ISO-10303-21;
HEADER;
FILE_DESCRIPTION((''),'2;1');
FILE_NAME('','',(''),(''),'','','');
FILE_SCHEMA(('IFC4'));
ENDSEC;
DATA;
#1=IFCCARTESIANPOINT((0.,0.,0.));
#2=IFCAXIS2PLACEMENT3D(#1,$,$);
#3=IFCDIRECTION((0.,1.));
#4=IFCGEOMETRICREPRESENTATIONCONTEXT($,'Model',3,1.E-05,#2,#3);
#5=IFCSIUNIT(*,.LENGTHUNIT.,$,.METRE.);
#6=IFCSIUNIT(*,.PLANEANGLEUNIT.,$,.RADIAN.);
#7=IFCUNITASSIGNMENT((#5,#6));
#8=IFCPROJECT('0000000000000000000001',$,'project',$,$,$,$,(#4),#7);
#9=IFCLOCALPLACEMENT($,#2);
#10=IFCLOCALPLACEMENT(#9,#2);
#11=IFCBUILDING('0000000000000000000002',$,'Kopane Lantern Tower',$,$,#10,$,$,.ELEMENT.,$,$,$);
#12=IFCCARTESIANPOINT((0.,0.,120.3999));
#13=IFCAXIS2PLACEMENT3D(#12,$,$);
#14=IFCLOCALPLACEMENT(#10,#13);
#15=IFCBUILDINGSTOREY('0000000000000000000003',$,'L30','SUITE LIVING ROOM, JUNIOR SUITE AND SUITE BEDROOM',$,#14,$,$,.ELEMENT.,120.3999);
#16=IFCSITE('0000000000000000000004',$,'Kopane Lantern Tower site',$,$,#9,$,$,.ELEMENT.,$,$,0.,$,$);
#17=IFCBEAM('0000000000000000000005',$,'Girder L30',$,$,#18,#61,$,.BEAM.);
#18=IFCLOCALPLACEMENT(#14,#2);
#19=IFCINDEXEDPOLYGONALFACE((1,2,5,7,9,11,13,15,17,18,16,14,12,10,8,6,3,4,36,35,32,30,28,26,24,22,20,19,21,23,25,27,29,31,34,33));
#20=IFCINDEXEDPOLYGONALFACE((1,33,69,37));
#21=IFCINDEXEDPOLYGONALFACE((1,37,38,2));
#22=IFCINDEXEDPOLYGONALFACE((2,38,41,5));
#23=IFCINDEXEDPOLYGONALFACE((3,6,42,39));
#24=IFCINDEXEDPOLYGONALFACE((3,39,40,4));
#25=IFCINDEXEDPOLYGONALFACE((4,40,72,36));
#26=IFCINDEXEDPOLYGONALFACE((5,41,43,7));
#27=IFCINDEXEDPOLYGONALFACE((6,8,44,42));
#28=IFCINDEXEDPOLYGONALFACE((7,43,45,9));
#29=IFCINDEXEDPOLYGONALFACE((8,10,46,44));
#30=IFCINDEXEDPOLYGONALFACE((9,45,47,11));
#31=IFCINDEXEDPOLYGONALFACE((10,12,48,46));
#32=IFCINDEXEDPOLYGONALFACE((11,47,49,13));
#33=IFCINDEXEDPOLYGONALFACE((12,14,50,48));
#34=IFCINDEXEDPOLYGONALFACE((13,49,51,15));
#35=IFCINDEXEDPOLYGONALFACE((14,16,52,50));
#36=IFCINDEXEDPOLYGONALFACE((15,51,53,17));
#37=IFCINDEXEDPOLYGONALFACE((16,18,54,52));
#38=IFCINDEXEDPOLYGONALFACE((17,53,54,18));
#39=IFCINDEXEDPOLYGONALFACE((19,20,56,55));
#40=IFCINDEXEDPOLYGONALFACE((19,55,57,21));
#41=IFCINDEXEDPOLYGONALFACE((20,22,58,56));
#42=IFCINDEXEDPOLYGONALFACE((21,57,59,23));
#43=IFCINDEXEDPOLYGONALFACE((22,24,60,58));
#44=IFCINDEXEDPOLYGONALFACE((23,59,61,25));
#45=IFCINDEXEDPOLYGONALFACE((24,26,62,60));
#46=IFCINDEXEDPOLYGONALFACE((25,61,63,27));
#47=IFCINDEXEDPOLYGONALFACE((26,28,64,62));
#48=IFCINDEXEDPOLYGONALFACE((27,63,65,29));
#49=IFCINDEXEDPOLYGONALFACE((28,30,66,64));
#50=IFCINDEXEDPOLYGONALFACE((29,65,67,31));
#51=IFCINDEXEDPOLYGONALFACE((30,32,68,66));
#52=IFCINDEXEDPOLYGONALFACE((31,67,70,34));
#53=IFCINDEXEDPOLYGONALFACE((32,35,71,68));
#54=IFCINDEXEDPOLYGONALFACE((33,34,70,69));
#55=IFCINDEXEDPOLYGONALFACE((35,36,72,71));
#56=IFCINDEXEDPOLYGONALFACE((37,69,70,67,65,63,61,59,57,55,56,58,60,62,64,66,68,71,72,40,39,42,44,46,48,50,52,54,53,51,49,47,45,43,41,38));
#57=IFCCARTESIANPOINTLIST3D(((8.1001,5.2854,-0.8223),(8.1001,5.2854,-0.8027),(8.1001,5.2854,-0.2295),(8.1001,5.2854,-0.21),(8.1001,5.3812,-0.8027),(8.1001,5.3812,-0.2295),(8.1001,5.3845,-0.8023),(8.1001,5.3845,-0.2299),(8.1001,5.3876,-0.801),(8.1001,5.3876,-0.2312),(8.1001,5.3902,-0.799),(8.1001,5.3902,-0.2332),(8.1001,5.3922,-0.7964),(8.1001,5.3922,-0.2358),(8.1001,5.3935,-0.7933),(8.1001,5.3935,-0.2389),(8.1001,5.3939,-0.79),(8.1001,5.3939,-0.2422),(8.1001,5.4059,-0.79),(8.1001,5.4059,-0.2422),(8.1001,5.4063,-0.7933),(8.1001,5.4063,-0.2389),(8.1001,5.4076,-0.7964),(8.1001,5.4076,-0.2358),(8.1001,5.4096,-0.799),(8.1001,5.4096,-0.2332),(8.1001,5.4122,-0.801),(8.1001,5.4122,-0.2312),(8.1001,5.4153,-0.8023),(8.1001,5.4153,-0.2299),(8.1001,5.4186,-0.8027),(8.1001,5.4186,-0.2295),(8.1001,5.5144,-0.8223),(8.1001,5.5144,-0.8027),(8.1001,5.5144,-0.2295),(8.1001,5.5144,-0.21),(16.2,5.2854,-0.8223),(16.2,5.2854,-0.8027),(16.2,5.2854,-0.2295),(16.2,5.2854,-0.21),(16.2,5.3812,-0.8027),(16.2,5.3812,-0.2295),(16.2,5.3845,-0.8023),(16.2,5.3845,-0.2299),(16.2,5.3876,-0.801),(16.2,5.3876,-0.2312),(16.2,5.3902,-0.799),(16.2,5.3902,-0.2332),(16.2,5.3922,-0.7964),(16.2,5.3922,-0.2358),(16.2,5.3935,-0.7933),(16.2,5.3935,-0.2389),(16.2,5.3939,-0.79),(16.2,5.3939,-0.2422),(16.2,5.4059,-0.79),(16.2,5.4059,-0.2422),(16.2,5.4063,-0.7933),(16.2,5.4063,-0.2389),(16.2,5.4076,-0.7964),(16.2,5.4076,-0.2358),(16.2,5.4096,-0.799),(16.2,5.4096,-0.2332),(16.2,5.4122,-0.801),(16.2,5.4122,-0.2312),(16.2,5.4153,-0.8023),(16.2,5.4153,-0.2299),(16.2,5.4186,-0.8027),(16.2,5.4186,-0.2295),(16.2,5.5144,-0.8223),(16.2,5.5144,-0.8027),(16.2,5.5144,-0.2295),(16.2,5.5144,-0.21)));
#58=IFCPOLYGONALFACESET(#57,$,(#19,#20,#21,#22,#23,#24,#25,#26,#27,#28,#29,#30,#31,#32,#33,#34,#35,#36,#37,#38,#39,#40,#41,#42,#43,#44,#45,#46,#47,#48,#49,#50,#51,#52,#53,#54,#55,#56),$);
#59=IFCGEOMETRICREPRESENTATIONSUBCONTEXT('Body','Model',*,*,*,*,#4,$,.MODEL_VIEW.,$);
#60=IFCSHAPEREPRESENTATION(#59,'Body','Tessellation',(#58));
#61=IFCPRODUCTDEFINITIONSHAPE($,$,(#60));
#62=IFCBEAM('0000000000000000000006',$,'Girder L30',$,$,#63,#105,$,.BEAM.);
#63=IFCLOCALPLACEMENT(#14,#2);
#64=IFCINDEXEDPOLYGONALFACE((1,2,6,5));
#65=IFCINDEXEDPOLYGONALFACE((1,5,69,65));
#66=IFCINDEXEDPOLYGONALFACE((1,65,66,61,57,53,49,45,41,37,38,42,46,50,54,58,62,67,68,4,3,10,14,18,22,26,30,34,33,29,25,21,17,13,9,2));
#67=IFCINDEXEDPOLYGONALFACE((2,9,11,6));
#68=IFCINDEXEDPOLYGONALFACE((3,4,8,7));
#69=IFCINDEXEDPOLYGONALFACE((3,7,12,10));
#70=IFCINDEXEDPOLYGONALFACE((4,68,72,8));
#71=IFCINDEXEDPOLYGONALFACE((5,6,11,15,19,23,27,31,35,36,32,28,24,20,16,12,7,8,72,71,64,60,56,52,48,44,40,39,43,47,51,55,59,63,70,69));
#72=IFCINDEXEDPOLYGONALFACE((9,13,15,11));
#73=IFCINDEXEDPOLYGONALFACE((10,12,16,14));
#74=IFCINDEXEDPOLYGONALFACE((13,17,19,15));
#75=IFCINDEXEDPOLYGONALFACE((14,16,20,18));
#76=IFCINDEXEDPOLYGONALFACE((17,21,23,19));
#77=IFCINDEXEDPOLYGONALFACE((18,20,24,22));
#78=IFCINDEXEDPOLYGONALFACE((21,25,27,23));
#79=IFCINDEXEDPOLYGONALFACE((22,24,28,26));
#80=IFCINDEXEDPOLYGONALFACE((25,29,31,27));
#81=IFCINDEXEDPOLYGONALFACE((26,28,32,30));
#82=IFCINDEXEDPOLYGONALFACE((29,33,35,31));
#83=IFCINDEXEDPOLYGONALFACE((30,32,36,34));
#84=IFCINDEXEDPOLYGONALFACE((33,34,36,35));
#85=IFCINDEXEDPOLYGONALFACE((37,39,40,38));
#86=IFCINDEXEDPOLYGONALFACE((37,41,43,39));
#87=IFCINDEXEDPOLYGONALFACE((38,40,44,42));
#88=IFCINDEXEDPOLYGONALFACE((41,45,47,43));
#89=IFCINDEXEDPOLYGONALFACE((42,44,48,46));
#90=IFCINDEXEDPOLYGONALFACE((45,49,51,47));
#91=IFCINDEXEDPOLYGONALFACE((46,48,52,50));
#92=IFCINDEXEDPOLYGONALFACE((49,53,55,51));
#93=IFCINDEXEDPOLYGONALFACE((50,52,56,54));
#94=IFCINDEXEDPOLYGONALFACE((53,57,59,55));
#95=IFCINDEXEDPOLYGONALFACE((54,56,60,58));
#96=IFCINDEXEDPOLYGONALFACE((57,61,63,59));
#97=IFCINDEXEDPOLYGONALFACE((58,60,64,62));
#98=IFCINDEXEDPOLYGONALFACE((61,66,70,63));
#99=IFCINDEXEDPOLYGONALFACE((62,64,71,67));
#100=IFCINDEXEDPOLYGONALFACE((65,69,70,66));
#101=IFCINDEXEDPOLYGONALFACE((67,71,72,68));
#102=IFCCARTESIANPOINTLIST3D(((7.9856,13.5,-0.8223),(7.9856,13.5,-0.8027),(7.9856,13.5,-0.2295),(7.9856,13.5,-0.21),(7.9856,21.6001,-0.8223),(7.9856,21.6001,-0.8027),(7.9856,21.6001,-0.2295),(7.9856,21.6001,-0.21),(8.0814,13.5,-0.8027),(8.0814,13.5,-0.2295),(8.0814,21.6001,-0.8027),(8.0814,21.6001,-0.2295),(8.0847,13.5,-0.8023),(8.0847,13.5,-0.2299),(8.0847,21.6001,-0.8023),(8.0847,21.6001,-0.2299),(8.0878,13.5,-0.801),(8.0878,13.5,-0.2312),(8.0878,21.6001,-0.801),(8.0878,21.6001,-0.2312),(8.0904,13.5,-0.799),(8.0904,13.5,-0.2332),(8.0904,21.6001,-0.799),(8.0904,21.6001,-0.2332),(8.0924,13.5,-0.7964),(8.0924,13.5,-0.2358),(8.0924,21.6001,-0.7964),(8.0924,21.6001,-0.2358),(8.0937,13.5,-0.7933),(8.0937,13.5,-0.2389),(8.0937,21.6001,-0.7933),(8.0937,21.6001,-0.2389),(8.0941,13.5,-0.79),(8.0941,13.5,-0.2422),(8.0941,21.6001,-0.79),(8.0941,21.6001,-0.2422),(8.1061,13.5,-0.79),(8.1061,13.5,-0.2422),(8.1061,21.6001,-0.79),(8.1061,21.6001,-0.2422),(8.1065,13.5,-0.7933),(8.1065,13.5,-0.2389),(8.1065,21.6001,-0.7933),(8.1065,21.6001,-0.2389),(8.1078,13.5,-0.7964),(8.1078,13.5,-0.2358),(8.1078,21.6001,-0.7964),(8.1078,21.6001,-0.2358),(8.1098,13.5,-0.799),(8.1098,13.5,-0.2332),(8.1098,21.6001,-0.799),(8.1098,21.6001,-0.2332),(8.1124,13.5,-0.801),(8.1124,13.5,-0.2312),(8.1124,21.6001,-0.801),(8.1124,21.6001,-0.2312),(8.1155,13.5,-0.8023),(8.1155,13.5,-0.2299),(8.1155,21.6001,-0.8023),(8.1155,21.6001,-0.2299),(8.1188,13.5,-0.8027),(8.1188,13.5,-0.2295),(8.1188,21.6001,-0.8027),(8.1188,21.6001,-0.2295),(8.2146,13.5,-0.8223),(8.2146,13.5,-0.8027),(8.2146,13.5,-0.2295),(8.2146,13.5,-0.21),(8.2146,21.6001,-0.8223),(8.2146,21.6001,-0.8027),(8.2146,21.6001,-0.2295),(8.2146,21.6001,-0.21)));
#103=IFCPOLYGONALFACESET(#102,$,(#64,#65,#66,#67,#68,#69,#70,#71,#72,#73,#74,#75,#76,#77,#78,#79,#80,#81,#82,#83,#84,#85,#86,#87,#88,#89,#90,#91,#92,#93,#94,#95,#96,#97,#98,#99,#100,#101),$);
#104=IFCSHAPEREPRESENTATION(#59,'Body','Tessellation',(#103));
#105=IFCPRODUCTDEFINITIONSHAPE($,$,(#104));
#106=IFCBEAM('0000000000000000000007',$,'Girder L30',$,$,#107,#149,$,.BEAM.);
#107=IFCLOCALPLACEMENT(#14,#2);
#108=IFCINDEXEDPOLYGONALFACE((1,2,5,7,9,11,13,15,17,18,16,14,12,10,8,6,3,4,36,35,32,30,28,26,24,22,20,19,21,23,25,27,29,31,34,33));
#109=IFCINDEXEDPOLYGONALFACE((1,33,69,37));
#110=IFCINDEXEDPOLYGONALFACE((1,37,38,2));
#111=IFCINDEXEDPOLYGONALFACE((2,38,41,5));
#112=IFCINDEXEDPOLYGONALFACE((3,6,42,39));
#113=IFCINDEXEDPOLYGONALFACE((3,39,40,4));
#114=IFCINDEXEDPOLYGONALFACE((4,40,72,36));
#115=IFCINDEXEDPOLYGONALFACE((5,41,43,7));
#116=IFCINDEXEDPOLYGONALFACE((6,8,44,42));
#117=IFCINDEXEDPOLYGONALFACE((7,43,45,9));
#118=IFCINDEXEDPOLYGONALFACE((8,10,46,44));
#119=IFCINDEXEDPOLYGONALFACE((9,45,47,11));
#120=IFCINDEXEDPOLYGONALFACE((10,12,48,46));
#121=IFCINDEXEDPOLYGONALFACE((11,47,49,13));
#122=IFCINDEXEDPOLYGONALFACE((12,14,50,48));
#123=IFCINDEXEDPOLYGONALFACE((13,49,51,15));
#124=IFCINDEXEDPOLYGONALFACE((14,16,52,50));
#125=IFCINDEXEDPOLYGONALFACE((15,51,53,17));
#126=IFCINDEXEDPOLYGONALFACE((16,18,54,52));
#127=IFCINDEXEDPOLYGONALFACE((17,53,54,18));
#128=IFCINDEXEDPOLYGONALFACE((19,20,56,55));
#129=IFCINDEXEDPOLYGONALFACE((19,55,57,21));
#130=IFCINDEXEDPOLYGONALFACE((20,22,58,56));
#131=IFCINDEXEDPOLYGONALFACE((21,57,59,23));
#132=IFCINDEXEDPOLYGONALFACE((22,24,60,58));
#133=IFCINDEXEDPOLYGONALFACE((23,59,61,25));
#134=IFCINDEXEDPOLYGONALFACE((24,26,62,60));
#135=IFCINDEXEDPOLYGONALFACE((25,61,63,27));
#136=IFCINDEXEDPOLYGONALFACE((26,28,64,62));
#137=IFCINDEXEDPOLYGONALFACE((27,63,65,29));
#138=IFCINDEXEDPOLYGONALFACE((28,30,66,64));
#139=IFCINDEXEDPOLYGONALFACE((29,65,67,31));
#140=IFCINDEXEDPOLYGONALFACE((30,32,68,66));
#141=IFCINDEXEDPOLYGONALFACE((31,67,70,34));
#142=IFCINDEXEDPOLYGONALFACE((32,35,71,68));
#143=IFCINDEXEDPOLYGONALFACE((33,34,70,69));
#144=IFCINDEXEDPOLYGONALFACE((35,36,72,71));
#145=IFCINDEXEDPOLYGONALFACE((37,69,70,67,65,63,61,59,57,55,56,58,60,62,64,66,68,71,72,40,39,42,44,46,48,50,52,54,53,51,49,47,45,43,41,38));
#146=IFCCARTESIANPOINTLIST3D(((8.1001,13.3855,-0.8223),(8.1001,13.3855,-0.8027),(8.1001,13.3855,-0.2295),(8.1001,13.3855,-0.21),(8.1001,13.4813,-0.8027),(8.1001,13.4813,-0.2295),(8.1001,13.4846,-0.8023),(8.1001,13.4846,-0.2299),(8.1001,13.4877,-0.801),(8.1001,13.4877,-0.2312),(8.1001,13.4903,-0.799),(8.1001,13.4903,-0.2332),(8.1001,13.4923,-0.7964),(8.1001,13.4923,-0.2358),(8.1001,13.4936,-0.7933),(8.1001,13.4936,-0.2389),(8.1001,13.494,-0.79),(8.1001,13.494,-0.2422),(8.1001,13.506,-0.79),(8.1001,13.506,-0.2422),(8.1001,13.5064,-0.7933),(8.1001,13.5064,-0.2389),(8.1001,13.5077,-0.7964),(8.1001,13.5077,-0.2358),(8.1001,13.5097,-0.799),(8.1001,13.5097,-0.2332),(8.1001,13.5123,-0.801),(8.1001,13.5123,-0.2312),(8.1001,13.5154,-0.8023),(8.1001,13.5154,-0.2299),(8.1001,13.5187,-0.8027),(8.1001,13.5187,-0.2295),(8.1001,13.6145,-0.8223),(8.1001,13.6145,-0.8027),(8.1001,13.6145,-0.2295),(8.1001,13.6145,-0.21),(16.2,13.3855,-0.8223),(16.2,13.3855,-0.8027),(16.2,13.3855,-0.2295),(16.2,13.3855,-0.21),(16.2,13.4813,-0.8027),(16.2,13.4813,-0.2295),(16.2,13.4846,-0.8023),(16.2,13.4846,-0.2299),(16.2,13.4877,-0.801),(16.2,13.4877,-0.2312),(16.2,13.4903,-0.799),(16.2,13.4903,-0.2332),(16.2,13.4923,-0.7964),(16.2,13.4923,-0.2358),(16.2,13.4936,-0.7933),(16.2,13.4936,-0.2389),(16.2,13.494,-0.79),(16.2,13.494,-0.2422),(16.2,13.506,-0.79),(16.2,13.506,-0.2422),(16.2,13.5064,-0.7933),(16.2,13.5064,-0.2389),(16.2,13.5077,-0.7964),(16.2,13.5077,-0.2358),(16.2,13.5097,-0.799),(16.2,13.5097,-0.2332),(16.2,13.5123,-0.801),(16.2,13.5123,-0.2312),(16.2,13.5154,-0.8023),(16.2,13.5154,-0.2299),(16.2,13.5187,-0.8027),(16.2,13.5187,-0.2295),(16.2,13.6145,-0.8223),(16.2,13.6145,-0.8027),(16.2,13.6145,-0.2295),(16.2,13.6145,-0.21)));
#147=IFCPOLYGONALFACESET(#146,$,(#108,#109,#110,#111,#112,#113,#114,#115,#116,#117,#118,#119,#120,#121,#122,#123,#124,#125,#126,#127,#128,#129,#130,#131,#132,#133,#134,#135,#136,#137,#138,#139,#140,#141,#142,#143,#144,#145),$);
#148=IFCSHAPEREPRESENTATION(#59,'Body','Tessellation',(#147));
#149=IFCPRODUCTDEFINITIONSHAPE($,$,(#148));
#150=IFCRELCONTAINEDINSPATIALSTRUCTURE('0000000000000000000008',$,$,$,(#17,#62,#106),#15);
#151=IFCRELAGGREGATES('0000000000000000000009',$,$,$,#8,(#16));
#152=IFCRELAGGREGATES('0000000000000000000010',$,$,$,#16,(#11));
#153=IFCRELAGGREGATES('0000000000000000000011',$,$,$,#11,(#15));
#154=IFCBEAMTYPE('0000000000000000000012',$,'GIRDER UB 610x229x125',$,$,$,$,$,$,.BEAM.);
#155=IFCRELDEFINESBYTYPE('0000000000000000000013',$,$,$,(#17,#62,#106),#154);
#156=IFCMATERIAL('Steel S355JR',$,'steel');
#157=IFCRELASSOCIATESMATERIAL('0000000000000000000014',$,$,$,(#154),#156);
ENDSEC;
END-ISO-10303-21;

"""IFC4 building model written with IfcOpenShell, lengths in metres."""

from ifc_helpers import new_model, si_unit, direction, frame, origin, origin_2d, place, context, subcontext, project, spatial, i_section, extrude, material, material_profile, profile_set, type_object, element, save


model = new_model("IFC4")

# Units and contexts
model_context = context("Model", 3, precision=1e-05, world=origin(), true_north=direction((0.0, 1.0)))
body_context = subcontext(model_context, "Body", "Model", "MODEL_VIEW")
ifc_project = project(units=[si_unit("LENGTHUNIT", "METRE"), si_unit("PLANEANGLEUNIT", "RADIAN")], contexts=[model_context])

# Site, building, storey
site_placement = place(None, origin())
site = spatial("IfcSite", under=ifc_project, at=site_placement, Name="Kopane Lantern Tower site", CompositionType="ELEMENT", RefElevation=0.0)
building_placement = place(site_placement, origin())
building = spatial("IfcBuilding", under=site, at=building_placement, Name="Kopane Lantern Tower", CompositionType="ELEMENT")
storey_placement = place(building_placement, frame((0.0, 0.0, 120.3999)))
storey = spatial("IfcBuildingStorey", under=building, at=storey_placement, Name="L30", Description="SUITE LIVING ROOM, JUNIOR SUITE AND SUITE BEDROOM", CompositionType="ELEMENT", Elevation=120.3999)

# Beams
ifc_material_1 = material(Name="Steel S355JR", Category="steel")
ifc_material_profile_1 = material_profile(ifc_material_1, i_section(OverallWidth=0.229, OverallDepth=0.6123, WebThickness=0.012, FlangeThickness=0.0195, FilletRadius=0.0127, at=origin_2d()), Name="UB 610x229x125")
ifc_profile_set_1 = profile_set([ifc_material_profile_1], Name="Steel S355JR")
beam_type_1 = type_object("IfcBeamType", Name="GIRDER UB 610x229x125", PredefinedType="BEAM", material=ifc_profile_set_1)
beam_1_placement = place(storey_placement, frame((8.1001, 5.3999, -0.5161), z_axis=(1.0, 0.0, 0.0), x_axis=(0.0, 1.0, 0.0)))
element("IfcBeam", 1, at=beam_1_placement, inside=storey, type_object=beam_type_1, Name="Girder L30", PredefinedType="BEAM", context=body_context, shape_type="SweptSolid", body=[
    extrude(i_section(OverallWidth=0.229, OverallDepth=0.6123, WebThickness=0.012, FlangeThickness=0.0195, FilletRadius=0.0127, at=origin_2d()), origin(), (0.0, 0.0, 1.0), 8.0999),
])
beam_2_placement = place(storey_placement, frame((8.1001, 13.5, -0.5161), z_axis=(0.0, 1.0, 0.0), x_axis=(-1.0, 0.0, 0.0)))
element("IfcBeam", 2, at=beam_2_placement, inside=storey, type_object=beam_type_1, Name="Girder L30", PredefinedType="BEAM", context=body_context, shape_type="SweptSolid", body=[
    extrude(i_section(OverallWidth=0.229, OverallDepth=0.6123, WebThickness=0.012, FlangeThickness=0.0195, FilletRadius=0.0127, at=origin_2d()), origin(), (0.0, 0.0, 1.0), 8.1001),
])
beam_3_placement = place(storey_placement, frame((8.1001, 13.5, -0.5161), z_axis=(1.0, 0.0, 0.0), x_axis=(0.0, 1.0, 0.0)))
element("IfcBeam", 3, at=beam_3_placement, inside=storey, type_object=beam_type_1, Name="Girder L30", PredefinedType="BEAM", context=body_context, shape_type="SweptSolid", body=[
    extrude(i_section(OverallWidth=0.229, OverallDepth=0.6123, WebThickness=0.012, FlangeThickness=0.0195, FilletRadius=0.0127, at=origin_2d()), origin(), (0.0, 0.0, 1.0), 8.0999),
])

save(model, "model.ifc")
